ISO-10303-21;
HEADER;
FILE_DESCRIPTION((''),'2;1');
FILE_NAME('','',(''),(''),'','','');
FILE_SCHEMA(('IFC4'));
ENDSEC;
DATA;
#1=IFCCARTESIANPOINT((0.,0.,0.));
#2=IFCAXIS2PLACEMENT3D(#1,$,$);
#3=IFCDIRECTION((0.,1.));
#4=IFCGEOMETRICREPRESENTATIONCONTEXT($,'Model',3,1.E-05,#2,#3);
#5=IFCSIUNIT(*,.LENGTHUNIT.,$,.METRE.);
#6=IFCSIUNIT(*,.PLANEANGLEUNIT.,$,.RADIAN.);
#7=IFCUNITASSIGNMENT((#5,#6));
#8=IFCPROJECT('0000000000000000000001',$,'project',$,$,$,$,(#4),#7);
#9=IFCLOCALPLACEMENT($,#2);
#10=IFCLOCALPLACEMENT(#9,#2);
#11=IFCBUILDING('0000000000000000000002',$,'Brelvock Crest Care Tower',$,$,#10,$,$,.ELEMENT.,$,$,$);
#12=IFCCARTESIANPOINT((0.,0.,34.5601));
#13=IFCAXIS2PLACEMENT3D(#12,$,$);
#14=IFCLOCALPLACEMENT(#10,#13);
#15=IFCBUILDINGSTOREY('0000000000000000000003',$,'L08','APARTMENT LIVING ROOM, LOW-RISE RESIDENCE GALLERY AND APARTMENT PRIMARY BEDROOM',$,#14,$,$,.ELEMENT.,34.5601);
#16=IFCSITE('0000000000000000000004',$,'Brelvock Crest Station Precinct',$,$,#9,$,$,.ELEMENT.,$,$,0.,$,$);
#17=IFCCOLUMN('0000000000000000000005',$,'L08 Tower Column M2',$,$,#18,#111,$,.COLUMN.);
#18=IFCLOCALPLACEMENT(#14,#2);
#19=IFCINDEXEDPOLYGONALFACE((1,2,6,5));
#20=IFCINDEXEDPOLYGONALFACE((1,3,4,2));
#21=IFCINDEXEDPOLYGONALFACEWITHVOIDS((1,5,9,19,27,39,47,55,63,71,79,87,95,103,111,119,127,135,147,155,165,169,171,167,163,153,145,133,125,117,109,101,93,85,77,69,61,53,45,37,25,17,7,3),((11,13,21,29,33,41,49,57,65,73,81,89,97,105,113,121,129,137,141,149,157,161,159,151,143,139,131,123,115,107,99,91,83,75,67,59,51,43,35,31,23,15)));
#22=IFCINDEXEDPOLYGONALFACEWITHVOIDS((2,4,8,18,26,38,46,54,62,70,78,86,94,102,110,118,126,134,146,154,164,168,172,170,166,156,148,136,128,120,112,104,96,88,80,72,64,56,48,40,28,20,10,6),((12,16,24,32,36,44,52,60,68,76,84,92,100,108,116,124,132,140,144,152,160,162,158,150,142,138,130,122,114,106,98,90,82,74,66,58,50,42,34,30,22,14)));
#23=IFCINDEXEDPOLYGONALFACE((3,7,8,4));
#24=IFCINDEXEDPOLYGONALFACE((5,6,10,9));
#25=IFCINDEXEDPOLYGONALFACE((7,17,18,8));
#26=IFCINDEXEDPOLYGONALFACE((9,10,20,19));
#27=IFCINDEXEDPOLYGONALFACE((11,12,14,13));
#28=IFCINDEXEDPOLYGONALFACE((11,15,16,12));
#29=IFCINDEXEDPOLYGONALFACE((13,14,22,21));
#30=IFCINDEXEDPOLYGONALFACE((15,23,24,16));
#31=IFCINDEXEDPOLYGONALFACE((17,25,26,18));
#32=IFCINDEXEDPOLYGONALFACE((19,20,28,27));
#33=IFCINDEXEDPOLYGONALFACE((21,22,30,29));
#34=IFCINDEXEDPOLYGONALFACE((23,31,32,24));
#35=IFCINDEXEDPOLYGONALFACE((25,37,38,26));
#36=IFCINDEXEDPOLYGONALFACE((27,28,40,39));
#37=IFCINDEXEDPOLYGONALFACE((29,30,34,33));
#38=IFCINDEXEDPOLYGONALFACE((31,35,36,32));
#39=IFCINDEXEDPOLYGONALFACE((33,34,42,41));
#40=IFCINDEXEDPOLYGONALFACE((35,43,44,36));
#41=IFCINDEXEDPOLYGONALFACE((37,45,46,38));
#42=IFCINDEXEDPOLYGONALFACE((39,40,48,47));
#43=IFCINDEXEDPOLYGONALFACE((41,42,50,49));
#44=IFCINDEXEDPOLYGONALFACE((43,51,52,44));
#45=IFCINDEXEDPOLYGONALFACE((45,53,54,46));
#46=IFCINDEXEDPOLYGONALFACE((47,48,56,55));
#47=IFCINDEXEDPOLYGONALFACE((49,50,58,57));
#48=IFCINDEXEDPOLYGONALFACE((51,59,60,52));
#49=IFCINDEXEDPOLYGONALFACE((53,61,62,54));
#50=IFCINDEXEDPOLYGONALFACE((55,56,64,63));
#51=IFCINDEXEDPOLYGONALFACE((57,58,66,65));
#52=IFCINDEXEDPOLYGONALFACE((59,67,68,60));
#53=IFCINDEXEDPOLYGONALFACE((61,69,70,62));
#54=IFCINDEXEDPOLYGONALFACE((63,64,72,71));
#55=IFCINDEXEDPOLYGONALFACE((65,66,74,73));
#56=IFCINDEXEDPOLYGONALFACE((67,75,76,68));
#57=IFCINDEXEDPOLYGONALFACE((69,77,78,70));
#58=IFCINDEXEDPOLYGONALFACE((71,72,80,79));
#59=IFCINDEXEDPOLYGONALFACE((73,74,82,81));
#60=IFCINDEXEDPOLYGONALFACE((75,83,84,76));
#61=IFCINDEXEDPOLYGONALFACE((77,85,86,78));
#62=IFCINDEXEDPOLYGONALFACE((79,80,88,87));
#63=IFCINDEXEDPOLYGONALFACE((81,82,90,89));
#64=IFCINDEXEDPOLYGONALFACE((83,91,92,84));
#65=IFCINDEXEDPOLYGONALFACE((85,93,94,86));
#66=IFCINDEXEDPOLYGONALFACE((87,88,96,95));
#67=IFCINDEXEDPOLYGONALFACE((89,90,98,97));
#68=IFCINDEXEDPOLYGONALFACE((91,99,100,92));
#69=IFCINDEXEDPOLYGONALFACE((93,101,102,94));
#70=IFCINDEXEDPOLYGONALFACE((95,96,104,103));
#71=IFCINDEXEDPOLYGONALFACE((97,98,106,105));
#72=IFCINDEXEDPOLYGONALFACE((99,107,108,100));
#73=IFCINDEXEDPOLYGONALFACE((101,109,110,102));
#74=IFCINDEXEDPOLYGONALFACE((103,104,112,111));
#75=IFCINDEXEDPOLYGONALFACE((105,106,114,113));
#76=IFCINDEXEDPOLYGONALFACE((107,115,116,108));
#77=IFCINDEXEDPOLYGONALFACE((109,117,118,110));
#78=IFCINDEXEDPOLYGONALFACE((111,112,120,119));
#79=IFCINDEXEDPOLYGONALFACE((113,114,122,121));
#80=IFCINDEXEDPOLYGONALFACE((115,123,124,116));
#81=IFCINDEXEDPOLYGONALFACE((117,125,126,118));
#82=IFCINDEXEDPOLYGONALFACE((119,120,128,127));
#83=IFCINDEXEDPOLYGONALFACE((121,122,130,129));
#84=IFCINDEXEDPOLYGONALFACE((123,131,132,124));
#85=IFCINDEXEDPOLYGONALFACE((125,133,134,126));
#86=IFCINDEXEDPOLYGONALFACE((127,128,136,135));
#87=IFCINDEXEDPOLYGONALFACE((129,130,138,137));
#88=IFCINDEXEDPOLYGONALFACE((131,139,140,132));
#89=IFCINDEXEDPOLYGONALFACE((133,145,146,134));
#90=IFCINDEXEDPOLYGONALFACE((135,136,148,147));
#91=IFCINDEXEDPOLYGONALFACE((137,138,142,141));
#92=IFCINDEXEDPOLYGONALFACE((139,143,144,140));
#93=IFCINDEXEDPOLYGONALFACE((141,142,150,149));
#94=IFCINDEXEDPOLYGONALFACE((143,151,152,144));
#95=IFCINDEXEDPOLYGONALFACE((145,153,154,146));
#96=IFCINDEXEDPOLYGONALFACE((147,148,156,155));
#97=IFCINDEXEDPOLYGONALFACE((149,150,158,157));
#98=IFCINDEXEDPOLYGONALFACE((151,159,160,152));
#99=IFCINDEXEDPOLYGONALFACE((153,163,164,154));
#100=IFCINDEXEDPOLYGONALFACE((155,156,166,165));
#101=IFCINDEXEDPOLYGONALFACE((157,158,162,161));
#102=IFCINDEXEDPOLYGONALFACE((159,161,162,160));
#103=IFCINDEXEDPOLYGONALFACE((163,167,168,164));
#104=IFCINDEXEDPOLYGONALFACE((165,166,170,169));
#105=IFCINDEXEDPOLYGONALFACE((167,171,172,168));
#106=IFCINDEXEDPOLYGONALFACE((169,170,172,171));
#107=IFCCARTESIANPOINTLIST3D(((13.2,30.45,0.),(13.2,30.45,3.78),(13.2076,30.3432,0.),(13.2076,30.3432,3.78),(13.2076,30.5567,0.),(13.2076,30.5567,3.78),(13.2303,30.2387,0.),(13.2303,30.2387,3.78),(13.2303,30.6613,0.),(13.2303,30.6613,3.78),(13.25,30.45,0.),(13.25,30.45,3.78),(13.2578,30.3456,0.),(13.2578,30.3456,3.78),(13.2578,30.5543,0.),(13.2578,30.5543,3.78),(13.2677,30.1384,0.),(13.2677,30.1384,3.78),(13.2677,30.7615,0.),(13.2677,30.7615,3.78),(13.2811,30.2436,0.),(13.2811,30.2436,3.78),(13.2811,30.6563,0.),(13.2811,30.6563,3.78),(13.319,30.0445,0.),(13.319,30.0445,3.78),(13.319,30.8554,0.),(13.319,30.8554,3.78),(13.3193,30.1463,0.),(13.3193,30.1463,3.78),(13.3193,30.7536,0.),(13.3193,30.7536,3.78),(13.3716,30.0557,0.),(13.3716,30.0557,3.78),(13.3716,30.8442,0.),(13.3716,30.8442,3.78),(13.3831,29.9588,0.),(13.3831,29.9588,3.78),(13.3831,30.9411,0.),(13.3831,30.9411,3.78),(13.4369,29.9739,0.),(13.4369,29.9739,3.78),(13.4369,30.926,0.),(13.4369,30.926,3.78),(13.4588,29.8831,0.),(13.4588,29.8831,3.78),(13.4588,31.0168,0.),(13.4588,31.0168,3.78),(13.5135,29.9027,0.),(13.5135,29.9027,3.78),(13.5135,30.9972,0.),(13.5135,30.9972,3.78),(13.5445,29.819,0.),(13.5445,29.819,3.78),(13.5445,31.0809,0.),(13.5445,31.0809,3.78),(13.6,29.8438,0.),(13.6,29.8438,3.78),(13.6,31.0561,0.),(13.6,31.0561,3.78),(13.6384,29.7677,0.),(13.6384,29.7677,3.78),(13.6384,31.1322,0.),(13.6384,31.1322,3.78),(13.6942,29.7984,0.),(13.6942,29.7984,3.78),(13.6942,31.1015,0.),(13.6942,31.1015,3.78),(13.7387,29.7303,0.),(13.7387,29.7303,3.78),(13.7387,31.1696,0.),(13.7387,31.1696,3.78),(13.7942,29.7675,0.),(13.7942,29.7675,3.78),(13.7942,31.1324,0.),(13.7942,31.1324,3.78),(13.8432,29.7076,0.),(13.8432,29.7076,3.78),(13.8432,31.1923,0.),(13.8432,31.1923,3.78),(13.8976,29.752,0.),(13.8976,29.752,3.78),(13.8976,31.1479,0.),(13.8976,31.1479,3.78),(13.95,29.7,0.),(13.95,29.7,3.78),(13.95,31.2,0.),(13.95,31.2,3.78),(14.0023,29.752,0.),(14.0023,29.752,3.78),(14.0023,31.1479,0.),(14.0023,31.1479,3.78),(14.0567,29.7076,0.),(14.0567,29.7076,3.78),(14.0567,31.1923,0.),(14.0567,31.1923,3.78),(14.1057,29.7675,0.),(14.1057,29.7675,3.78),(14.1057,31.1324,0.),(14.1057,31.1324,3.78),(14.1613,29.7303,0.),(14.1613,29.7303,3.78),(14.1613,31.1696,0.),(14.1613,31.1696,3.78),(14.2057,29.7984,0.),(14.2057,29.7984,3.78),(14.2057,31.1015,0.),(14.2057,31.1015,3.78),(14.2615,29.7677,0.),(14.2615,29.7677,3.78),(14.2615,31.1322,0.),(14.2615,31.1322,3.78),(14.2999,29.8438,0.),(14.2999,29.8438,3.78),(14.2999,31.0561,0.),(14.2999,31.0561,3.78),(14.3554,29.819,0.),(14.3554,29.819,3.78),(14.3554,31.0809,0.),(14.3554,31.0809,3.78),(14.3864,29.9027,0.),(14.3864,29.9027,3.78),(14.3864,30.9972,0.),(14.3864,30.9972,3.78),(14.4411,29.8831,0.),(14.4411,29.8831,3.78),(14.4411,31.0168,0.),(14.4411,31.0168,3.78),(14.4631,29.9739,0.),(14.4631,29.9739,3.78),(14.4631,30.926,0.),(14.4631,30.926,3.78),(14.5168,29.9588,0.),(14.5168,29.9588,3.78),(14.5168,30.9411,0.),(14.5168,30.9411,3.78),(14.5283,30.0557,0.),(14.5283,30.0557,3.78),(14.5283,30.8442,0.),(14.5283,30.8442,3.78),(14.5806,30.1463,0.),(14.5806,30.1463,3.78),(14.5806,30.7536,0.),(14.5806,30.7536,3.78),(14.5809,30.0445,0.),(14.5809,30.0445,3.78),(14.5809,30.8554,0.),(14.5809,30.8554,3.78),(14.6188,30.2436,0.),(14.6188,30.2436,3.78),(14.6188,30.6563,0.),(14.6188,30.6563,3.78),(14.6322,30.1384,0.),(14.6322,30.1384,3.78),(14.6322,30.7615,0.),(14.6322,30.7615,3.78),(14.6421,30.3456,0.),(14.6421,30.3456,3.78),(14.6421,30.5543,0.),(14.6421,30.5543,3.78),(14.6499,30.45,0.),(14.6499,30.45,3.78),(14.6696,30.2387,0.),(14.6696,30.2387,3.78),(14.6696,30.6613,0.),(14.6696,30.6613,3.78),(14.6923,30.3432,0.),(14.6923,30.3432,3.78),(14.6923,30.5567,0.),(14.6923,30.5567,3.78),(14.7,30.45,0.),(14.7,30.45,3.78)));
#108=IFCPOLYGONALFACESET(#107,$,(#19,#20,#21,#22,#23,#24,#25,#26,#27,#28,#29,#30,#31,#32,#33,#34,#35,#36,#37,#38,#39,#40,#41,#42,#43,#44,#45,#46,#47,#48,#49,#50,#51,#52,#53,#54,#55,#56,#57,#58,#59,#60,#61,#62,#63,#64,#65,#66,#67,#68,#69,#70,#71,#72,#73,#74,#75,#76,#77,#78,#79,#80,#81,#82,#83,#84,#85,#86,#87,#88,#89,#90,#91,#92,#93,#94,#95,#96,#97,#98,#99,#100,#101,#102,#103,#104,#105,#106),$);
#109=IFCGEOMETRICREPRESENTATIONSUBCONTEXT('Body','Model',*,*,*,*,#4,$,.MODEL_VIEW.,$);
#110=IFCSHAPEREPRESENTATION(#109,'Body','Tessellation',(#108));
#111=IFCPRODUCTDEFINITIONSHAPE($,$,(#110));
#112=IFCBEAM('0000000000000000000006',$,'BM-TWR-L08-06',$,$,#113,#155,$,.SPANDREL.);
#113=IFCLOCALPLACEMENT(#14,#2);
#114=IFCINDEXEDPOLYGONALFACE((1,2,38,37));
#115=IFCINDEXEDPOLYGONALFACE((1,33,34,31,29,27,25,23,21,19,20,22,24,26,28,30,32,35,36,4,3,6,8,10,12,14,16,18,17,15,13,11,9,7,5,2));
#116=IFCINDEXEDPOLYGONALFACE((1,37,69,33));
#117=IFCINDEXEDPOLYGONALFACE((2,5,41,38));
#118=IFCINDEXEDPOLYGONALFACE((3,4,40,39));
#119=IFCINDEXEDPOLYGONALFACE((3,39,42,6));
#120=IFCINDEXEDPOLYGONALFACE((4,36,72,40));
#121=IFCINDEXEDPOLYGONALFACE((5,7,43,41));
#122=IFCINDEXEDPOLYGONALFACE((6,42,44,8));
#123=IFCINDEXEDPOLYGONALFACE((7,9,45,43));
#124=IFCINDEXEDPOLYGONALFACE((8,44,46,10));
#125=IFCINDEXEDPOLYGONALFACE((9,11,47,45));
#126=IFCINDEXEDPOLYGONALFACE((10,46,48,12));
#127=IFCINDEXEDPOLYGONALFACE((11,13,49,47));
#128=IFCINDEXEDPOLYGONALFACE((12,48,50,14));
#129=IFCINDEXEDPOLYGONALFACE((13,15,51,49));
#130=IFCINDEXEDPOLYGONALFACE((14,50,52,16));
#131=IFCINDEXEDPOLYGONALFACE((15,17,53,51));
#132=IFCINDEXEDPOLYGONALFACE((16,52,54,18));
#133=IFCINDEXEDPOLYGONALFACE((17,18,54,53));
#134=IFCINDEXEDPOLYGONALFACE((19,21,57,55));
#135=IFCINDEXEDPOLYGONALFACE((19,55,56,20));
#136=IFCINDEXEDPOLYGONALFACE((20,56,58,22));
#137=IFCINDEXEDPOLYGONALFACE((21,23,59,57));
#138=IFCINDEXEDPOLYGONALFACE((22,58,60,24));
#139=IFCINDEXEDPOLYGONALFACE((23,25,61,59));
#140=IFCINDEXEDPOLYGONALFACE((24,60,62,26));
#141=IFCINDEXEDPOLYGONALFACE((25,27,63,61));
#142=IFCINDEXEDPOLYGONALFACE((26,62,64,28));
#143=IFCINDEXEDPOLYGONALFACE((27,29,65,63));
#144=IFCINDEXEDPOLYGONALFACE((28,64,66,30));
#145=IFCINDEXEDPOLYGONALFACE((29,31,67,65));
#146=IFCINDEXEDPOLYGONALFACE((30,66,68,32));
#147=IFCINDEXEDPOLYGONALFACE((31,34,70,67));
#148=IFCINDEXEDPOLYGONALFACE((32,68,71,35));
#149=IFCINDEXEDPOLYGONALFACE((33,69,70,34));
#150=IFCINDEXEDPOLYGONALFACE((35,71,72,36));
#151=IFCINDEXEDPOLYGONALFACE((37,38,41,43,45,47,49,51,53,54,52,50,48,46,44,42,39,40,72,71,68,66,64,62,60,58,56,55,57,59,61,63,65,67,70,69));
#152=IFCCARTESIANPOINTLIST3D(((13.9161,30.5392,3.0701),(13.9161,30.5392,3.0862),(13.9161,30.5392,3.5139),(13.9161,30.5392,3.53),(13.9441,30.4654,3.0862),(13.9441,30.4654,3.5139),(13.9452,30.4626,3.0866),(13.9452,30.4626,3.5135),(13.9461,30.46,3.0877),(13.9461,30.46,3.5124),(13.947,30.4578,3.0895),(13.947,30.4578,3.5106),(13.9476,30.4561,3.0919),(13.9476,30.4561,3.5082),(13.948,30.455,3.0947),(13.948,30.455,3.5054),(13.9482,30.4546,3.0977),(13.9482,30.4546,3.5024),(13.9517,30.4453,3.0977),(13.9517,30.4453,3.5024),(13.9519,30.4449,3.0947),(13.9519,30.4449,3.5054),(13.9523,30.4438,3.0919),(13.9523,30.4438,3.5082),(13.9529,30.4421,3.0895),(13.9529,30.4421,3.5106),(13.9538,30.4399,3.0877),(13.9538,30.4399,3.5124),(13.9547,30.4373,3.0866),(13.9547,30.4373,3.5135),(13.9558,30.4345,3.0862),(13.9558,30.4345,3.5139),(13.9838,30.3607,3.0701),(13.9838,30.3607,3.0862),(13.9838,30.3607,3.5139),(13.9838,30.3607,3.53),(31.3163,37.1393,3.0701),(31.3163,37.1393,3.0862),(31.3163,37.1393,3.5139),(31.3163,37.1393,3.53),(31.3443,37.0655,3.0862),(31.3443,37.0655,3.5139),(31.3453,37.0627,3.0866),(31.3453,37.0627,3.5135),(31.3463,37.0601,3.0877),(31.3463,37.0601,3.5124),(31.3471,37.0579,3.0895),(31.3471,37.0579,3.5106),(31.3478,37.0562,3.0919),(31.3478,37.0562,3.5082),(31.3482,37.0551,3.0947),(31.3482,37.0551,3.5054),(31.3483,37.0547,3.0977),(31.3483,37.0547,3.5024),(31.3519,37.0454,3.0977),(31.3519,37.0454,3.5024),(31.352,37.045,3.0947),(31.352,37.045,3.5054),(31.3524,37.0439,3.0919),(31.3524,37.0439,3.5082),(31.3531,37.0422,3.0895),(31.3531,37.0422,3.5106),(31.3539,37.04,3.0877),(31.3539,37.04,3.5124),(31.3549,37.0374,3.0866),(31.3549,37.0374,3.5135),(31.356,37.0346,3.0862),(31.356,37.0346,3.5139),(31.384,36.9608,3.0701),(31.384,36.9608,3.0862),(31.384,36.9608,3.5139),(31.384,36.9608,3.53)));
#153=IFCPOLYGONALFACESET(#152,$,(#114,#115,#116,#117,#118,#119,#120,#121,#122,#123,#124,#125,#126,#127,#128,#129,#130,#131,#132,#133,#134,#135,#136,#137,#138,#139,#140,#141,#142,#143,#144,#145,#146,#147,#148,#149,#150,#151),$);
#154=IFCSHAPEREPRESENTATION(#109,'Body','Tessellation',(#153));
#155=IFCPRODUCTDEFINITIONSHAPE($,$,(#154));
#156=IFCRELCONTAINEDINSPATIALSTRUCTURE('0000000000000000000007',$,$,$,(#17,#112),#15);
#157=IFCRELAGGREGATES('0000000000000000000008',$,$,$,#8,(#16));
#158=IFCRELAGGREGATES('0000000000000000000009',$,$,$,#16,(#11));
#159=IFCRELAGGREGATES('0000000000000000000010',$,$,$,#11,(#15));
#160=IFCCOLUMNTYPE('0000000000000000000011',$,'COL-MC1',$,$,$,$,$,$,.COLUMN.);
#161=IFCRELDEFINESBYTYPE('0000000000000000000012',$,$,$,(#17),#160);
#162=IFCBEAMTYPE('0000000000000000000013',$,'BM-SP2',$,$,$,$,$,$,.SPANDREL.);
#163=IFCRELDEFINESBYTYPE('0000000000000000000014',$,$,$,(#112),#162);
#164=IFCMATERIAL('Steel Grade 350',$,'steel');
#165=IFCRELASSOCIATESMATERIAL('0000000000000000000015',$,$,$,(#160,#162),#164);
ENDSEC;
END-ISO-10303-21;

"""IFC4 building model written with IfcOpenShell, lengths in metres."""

from ifc_helpers import new_model, si_unit, direction, frame, origin, origin_2d, place, context, subcontext, project, spatial, hollow_circle, i_section, extrude, source, transform, mapped, material, material_profile, profile_set, type_object, element, save


model = new_model("IFC4")

# Units and contexts
model_context = context("Model", 3, precision=1e-05, world=origin(), true_north=direction((0.0, 1.0)))
body_context = subcontext(model_context, "Body", "Model", "MODEL_VIEW")
ifc_project = project(units=[si_unit("LENGTHUNIT", "METRE"), si_unit("PLANEANGLEUNIT", "RADIAN")], contexts=[model_context])

# Site, building, storey
site_placement = place(None, origin())
site = spatial("IfcSite", under=ifc_project, at=site_placement, Name="Brelvock Crest Station Precinct", CompositionType="ELEMENT", RefElevation=0.0)
building_placement = place(site_placement, origin())
building = spatial("IfcBuilding", under=site, at=building_placement, Name="Brelvock Crest Care Tower", CompositionType="ELEMENT")
storey_placement = place(building_placement, frame((0.0, 0.0, 34.5601)))
storey = spatial("IfcBuildingStorey", under=building, at=storey_placement, Name="L08", Description="APARTMENT LIVING ROOM, LOW-RISE RESIDENCE GALLERY AND APARTMENT PRIMARY BEDROOM", CompositionType="ELEMENT", Elevation=34.5601)

# Column
ifc_material_1 = material(Name="Steel Grade 350", Category="steel")
ifc_material_profile_1 = material_profile(ifc_material_1, hollow_circle(Radius=0.75, WallThickness=0.05, at=origin_2d()), Name="CFT1500x50")
ifc_profile_set_1 = profile_set([ifc_material_profile_1], Name="Steel Grade 350")
column_type = type_object("IfcColumnType", Name="COL-MC1", PredefinedType="COLUMN", material=ifc_profile_set_1)
shared_shape_1 = source(origin(), body_context, "Body", "SweptSolid", [
    extrude(hollow_circle(Radius=0.75, WallThickness=0.05, at=origin_2d()), origin(), (0.0, 0.0, 1.0), 3.78),
])
column_placement = place(storey_placement, frame((13.95, 30.45, 0.0), z_axis=(0.0, 0.0, 1.0), x_axis=(1.0, 0.0, 0.0)))
element("IfcColumn", 1, at=column_placement, inside=storey, type_object=column_type, Name="L08 Tower Column M2", PredefinedType="COLUMN", context=body_context, shape_type="MappedRepresentation", body=[
    mapped(shared_shape_1, transform((0.0, 0.0, 0.0), x_axis=(1.0, 0.0, 0.0), y_axis=(0.0, 1.0, 0.0), z_axis=(0.0, 0.0, 1.0), scale=1.0)),
])

# Beam
ifc_material_profile_2 = material_profile(ifc_material_1, i_section(OverallWidth=0.1909, OverallDepth=0.46, WebThickness=0.01, FlangeThickness=0.0161, FilletRadius=0.0115, at=origin_2d()), Name="460UB82.1")
ifc_profile_set_2 = profile_set([ifc_material_profile_2], Name="Steel Grade 350")
beam_type_1 = type_object("IfcBeamType", Name="BM-SP2", PredefinedType="SPANDREL", material=ifc_profile_set_2)
shared_shape_2 = source(origin(), body_context, "Body", "SweptSolid", [
    extrude(i_section(OverallWidth=0.1909, OverallDepth=0.46, WebThickness=0.01, FlangeThickness=0.0161, FilletRadius=0.0115, at=origin_2d()), origin(), (0.0, 0.0, 1.0), 18.6099),
])
beam_1_placement = place(storey_placement, frame((13.95, 30.45, 3.3), z_axis=(0.934997, 0.354656, 0.0), x_axis=(-0.354656, 0.934997, 0.0)))
element("IfcBeam", 2, at=beam_1_placement, inside=storey, type_object=beam_type_1, Name="BM-TWR-L08-06", PredefinedType="SPANDREL", context=body_context, shape_type="MappedRepresentation", body=[
    mapped(shared_shape_2, transform((0.0, 0.0, 0.0), x_axis=(1.0, 0.0, 0.0), y_axis=(0.0, 1.0, 0.0), z_axis=(0.0, 0.0, 1.0), scale=1.0)),
])

save(model, "model.ifc")
